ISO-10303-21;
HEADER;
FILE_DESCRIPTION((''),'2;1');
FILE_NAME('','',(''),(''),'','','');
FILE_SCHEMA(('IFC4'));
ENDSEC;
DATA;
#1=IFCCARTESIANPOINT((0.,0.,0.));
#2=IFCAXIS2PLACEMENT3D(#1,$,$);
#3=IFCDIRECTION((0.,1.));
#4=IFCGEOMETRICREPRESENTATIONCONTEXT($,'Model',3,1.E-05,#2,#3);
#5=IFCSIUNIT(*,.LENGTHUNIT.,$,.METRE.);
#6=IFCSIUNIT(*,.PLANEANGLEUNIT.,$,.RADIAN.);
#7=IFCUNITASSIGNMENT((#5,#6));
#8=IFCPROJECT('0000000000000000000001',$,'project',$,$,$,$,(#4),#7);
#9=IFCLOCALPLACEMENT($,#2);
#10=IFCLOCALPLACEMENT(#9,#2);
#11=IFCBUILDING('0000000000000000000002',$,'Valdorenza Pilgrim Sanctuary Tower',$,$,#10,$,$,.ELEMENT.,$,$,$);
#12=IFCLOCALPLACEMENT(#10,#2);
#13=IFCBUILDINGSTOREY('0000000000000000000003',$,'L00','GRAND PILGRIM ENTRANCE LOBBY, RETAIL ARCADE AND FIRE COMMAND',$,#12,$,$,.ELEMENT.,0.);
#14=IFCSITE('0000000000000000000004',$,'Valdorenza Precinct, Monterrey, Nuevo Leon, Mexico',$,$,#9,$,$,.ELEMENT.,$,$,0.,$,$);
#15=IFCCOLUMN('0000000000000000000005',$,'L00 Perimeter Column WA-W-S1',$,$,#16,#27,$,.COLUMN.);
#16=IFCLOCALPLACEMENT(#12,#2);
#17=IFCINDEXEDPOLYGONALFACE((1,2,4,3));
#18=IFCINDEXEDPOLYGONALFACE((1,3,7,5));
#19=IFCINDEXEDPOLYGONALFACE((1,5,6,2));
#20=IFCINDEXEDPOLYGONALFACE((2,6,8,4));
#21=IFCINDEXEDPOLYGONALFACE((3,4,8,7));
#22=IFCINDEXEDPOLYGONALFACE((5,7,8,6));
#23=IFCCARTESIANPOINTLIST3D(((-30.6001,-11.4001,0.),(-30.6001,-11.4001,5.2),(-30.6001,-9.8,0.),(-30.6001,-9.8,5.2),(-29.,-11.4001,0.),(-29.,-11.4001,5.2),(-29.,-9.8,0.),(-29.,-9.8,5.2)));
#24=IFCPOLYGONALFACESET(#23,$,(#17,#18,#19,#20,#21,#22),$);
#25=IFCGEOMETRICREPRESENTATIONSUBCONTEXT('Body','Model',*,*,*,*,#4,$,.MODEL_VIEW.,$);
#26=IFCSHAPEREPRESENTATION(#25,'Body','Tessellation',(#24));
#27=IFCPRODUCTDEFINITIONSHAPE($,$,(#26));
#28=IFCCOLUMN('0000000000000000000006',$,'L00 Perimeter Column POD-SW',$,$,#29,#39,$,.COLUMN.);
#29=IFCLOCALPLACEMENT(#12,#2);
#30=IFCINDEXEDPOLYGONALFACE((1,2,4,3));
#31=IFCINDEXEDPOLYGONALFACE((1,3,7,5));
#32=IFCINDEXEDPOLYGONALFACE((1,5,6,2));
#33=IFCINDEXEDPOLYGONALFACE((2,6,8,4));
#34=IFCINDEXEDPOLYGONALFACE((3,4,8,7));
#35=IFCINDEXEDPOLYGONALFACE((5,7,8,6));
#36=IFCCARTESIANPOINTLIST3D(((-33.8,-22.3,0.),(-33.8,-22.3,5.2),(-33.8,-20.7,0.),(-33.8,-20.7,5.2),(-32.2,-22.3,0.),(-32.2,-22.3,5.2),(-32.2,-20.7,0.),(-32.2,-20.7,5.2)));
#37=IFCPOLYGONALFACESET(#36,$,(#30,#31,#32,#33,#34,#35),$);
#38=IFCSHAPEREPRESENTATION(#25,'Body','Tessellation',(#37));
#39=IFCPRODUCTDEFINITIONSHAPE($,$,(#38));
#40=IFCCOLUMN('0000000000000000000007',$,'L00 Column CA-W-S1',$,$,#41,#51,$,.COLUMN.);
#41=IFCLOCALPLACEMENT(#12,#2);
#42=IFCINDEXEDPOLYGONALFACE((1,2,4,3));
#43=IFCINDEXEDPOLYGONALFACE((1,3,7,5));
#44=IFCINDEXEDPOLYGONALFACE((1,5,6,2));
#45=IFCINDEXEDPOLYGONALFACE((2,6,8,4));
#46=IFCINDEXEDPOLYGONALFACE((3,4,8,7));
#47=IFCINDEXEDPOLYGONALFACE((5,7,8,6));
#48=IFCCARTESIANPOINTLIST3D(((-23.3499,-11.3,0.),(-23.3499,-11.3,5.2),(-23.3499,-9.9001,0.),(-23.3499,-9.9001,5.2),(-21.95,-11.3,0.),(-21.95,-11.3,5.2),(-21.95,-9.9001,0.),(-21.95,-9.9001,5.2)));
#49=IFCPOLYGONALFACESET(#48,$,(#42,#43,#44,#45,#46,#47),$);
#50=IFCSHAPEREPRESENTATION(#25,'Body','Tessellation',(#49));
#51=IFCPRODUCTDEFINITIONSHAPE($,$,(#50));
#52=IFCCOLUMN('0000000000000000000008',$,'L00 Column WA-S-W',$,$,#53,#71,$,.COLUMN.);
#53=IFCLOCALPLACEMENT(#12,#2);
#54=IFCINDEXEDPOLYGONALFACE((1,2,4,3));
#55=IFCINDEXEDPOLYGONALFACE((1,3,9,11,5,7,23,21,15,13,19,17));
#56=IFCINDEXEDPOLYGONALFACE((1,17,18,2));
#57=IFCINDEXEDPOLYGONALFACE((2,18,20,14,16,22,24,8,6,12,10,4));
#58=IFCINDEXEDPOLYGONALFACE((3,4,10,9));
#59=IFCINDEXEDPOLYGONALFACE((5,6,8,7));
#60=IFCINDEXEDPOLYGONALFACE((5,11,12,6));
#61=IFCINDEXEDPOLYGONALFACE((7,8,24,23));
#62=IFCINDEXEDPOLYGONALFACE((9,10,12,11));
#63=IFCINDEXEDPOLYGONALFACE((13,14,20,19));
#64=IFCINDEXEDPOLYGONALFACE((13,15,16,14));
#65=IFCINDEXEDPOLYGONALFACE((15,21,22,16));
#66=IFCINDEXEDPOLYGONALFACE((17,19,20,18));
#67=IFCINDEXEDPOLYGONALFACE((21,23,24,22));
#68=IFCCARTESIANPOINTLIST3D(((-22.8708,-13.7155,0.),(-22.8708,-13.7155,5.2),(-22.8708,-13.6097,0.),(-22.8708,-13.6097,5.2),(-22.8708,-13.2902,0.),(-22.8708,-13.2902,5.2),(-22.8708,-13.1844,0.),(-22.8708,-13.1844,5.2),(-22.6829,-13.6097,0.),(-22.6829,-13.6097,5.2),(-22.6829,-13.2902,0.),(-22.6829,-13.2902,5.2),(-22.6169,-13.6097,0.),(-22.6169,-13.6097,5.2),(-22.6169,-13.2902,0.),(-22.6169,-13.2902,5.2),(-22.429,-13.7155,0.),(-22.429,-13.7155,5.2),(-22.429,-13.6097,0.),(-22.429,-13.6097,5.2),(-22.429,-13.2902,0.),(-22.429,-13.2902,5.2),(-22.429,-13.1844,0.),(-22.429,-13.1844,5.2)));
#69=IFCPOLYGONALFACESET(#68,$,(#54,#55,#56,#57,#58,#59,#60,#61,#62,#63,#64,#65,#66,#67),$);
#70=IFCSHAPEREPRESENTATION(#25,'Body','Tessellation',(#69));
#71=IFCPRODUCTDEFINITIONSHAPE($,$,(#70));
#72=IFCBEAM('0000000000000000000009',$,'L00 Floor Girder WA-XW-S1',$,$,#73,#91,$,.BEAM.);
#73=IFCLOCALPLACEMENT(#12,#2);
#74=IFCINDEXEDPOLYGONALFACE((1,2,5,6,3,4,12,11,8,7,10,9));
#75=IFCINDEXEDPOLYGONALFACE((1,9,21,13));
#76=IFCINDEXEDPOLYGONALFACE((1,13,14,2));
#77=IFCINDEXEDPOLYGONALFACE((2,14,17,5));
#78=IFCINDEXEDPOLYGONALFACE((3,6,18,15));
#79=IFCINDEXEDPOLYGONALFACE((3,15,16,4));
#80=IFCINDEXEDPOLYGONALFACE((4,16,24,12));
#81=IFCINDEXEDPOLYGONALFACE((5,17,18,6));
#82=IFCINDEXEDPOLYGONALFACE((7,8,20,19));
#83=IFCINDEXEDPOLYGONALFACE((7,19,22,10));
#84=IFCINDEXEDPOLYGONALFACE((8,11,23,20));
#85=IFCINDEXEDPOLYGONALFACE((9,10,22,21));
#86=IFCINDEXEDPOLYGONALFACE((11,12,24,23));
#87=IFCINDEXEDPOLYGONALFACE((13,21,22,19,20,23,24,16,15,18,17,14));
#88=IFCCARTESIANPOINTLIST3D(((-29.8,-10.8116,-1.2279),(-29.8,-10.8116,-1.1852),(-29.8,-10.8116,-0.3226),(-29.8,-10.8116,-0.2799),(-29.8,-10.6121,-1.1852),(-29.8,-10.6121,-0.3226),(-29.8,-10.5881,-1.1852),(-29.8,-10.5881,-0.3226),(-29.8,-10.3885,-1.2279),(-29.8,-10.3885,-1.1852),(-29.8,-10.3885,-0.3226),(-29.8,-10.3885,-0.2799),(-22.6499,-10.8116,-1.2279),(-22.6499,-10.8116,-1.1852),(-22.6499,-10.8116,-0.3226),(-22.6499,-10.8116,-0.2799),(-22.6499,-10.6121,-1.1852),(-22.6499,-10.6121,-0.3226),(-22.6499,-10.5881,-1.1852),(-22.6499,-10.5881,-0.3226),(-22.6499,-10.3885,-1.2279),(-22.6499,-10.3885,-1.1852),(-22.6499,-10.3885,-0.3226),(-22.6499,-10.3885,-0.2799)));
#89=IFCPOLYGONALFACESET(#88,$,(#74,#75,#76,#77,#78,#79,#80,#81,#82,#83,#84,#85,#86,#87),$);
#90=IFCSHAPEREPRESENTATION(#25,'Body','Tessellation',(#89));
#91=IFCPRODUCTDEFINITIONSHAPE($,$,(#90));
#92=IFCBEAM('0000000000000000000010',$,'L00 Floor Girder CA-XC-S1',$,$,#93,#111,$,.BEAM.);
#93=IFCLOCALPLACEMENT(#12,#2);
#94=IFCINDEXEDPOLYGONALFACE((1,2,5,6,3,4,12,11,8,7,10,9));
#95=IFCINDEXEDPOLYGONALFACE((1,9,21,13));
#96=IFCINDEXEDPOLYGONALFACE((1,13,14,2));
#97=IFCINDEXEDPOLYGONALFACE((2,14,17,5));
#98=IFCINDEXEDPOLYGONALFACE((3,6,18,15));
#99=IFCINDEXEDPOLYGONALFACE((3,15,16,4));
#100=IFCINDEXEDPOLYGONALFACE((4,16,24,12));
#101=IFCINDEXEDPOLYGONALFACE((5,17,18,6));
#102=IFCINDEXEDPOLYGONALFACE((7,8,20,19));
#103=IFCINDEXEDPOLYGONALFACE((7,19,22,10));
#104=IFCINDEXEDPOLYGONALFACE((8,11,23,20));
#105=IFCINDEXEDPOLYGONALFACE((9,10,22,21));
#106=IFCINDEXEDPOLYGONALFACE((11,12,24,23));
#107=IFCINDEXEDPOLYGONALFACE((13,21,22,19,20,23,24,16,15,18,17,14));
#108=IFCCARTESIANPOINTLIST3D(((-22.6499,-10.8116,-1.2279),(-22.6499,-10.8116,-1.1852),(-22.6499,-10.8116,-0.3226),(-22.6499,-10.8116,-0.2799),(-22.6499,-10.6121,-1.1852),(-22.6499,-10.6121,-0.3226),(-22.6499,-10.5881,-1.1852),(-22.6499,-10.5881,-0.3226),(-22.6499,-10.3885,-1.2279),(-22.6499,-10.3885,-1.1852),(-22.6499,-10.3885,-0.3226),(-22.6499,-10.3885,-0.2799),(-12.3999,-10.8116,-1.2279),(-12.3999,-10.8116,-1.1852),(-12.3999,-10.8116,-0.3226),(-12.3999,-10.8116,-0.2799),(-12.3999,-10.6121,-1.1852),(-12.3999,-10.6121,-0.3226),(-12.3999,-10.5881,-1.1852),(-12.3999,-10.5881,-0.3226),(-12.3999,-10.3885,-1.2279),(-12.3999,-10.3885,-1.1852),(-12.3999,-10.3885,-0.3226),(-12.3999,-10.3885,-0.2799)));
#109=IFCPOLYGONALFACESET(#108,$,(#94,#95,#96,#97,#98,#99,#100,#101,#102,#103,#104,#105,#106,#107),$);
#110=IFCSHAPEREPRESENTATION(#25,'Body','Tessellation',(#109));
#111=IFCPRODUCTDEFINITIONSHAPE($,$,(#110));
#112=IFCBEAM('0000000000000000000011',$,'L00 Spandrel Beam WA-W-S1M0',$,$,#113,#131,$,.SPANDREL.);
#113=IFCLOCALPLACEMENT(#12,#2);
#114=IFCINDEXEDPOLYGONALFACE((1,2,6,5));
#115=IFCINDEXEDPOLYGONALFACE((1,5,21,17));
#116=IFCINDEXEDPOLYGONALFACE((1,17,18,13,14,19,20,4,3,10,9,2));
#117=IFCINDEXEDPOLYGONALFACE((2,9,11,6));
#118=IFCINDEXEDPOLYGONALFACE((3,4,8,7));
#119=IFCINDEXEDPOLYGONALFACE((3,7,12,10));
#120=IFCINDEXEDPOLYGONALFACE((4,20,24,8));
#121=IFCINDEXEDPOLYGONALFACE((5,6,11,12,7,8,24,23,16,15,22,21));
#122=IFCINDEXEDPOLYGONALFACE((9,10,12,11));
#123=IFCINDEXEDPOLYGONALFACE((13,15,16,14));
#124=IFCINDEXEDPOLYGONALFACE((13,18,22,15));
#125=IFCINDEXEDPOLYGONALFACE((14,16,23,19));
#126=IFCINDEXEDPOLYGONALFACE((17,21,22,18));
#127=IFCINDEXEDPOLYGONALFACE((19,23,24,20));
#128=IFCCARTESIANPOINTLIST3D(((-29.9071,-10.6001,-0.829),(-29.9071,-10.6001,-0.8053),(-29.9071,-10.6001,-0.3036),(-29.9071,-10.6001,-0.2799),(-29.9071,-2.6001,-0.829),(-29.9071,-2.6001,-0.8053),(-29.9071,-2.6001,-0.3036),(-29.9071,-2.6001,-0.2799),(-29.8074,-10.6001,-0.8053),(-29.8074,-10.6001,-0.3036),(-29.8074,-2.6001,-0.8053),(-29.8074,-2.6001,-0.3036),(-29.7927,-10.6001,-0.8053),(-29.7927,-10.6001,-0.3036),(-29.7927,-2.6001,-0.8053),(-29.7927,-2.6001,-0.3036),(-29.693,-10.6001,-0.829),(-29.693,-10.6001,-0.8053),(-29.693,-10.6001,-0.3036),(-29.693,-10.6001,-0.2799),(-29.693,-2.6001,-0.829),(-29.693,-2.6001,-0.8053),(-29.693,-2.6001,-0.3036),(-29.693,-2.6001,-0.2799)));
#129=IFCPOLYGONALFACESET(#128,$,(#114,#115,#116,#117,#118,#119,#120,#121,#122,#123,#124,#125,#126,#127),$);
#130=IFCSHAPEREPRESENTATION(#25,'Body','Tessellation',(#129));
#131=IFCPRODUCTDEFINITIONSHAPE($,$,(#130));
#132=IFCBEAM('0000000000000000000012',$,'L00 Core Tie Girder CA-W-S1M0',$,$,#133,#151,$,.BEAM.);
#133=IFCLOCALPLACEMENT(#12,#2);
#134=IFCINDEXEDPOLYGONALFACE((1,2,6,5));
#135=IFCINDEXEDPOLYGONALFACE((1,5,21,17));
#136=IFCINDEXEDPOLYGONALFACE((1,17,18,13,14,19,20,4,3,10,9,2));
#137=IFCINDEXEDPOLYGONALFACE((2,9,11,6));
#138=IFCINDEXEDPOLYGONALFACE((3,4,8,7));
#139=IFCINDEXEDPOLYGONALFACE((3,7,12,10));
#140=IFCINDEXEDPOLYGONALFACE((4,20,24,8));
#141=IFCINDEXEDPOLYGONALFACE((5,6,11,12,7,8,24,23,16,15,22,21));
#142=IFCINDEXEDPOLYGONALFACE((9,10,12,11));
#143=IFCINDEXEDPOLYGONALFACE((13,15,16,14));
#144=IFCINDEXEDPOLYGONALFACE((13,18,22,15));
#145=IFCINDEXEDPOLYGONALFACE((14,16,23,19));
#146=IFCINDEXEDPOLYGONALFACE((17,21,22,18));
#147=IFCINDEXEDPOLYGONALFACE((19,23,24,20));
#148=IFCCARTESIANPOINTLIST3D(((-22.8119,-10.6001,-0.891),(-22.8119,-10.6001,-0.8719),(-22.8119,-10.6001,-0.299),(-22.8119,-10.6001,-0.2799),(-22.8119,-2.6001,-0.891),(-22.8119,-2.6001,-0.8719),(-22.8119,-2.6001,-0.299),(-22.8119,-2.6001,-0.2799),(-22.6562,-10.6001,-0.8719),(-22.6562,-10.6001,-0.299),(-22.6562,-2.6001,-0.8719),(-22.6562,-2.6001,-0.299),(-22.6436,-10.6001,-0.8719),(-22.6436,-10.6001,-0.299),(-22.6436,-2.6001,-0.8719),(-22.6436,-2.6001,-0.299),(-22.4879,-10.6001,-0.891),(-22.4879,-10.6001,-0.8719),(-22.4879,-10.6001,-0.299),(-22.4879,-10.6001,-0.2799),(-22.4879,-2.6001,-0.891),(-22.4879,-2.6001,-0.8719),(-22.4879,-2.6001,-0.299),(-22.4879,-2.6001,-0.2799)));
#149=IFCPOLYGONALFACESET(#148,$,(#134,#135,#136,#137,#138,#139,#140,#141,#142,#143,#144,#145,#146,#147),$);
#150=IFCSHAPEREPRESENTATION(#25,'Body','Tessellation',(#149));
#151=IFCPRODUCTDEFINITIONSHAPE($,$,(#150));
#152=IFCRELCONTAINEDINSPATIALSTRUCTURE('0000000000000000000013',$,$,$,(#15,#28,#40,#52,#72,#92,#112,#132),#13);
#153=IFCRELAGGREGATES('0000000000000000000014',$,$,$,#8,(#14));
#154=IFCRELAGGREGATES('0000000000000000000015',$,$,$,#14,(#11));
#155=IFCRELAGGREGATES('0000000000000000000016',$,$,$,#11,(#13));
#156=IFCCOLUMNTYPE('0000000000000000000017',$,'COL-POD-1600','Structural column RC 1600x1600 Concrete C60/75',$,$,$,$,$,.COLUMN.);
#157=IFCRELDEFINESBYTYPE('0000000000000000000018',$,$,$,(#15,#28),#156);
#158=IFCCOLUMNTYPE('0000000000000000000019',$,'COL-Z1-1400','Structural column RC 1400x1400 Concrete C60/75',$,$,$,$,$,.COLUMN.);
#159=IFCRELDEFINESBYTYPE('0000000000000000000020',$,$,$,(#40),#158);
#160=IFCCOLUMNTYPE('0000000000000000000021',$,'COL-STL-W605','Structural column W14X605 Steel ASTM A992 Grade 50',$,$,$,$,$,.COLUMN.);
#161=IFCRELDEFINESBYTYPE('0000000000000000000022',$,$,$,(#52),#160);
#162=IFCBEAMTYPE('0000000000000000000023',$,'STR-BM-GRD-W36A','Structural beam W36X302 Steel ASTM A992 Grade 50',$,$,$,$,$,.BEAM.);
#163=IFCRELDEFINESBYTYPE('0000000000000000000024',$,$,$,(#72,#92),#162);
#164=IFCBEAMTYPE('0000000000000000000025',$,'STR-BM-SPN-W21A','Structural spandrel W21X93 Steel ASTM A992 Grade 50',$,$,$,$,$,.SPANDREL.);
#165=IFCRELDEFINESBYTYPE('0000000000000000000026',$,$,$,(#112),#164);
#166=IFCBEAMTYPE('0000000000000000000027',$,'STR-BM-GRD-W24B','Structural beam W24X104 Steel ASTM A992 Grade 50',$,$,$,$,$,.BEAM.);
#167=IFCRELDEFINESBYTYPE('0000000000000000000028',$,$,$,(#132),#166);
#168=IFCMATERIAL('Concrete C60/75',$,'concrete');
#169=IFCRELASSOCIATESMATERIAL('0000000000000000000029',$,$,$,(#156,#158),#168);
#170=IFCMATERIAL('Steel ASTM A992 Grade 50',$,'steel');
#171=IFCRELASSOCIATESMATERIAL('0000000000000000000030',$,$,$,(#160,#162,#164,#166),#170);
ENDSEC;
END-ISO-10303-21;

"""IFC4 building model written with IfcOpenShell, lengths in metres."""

from ifc_helpers import new_model, si_unit, direction, frame, origin, origin_2d, place, context, subcontext, project, spatial, rectangle, i_section, extrude, source, transform, mapped, material, material_profile, profile_set, type_object, element, save


model = new_model("IFC4")

# Units and contexts
model_context = context("Model", 3, precision=1e-05, world=origin(), true_north=direction((0.0, 1.0)))
body_context = subcontext(model_context, "Body", "Model", "MODEL_VIEW")
ifc_project = project(units=[si_unit("LENGTHUNIT", "METRE"), si_unit("PLANEANGLEUNIT", "RADIAN")], contexts=[model_context])

# Site, building, storey
site_placement = place(None, origin())
site = spatial("IfcSite", under=ifc_project, at=site_placement, Name="Valdorenza Precinct, Monterrey, Nuevo Leon, Mexico", CompositionType="ELEMENT", RefElevation=0.0)
building_placement = place(site_placement, origin())
building = spatial("IfcBuilding", under=site, at=building_placement, Name="Valdorenza Pilgrim Sanctuary Tower", CompositionType="ELEMENT")
storey_placement = place(building_placement, origin())
storey = spatial("IfcBuildingStorey", under=building, at=storey_placement, Name="L00", Description="GRAND PILGRIM ENTRANCE LOBBY, RETAIL ARCADE AND FIRE COMMAND", CompositionType="ELEMENT", Elevation=0.0)

# Columns
ifc_material_1 = material(Name="Concrete C60/75", Category="concrete")
ifc_material_profile_1 = material_profile(ifc_material_1, rectangle(XDim=1.6001, YDim=1.6001, at=origin_2d()), Name="RC 1600x1600")
ifc_profile_set_1 = profile_set([ifc_material_profile_1], Name="Concrete C60/75")
column_type_1 = type_object("IfcColumnType", Name="COL-POD-1600", Description="Structural column RC 1600x1600 Concrete C60/75", PredefinedType="COLUMN", material=ifc_profile_set_1)
shared_shape_1 = source(origin(), body_context, "Body", "SweptSolid", [
    extrude(rectangle(XDim=1.6001, YDim=1.6001, at=origin_2d()), origin(), (0.0, 0.0, 1.0), 5.2),
])
for number, where, z_axis, x_axis, name in (
    (1, (-29.8, -10.6001, 0.0), (0.0, 0.0, 1.0), (1.0, 0.0, 0.0), "L00 Perimeter Column WA-W-S1"),
    (2, (-33.0, -21.5, 0.0), (0.0, 0.0, 1.0), (1.0, 0.0, 0.0), "L00 Perimeter Column POD-SW"),
):
    element("IfcColumn", number, at=place(storey_placement, frame(where, z_axis=z_axis, x_axis=x_axis)), inside=storey, type_object=column_type_1, Name=name, PredefinedType="COLUMN", context=body_context, shape_type="MappedRepresentation", body=[
        mapped(shared_shape_1, transform((0.0, 0.0, 0.0), x_axis=(1.0, 0.0, 0.0), y_axis=(0.0, 1.0, 0.0), z_axis=(0.0, 0.0, 1.0), scale=1.0)),
    ])
ifc_material_profile_2 = material_profile(ifc_material_1, rectangle(XDim=1.3999, YDim=1.3999, at=origin_2d()), Name="RC 1400x1400")
ifc_profile_set_2 = profile_set([ifc_material_profile_2], Name="Concrete C60/75")
column_type_2 = type_object("IfcColumnType", Name="COL-Z1-1400", Description="Structural column RC 1400x1400 Concrete C60/75", PredefinedType="COLUMN", material=ifc_profile_set_2)
shared_shape_2 = source(origin(), body_context, "Body", "SweptSolid", [
    extrude(rectangle(XDim=1.3999, YDim=1.3999, at=origin_2d()), origin(), (0.0, 0.0, 1.0), 5.2),
])
column_1_placement = place(storey_placement, frame((-22.6499, -10.6001, 0.0), z_axis=(0.0, 0.0, 1.0), x_axis=(1.0, 0.0, 0.0)))
element("IfcColumn", 3, at=column_1_placement, inside=storey, type_object=column_type_2, Name="L00 Column CA-W-S1", PredefinedType="COLUMN", context=body_context, shape_type="MappedRepresentation", body=[
    mapped(shared_shape_2, transform((0.0, 0.0, 0.0), x_axis=(1.0, 0.0, 0.0), y_axis=(0.0, 1.0, 0.0), z_axis=(0.0, 0.0, 1.0), scale=1.0)),
])
ifc_material_2 = material(Name="Steel ASTM A992 Grade 50", Category="steel")
ifc_material_profile_3 = material_profile(ifc_material_2, i_section(OverallWidth=0.4419, OverallDepth=0.531, WebThickness=0.0659, FlangeThickness=0.1057, at=origin_2d()), Name="W14X605")
ifc_profile_set_3 = profile_set([ifc_material_profile_3], Name="Steel ASTM A992 Grade 50")
column_type_3 = type_object("IfcColumnType", Name="COL-STL-W605", Description="Structural column W14X605 Steel ASTM A992 Grade 50", PredefinedType="COLUMN", material=ifc_profile_set_3)
shared_shape_3 = source(origin(), body_context, "Body", "SweptSolid", [
    extrude(i_section(OverallWidth=0.4419, OverallDepth=0.531, WebThickness=0.0659, FlangeThickness=0.1057, at=origin_2d()), origin(), (0.0, 0.0, 1.0), 5.2),
])
column_2_placement = place(storey_placement, frame((-22.6499, -13.45, 0.0), z_axis=(0.0, 0.0, 1.0), x_axis=(1.0, 0.0, 0.0)))
element("IfcColumn", 4, at=column_2_placement, inside=storey, type_object=column_type_3, Name="L00 Column WA-S-W", PredefinedType="COLUMN", context=body_context, shape_type="MappedRepresentation", body=[
    mapped(shared_shape_3, transform((0.0, 0.0, 0.0), x_axis=(1.0, 0.0, 0.0), y_axis=(0.0, 1.0, 0.0), z_axis=(0.0, 0.0, 1.0), scale=1.0)),
])

# Beams
ifc_material_profile_4 = material_profile(ifc_material_2, i_section(OverallWidth=0.4231, OverallDepth=0.948, WebThickness=0.0239, FlangeThickness=0.0427, at=origin_2d()), Name="W36X302")
ifc_profile_set_4 = profile_set([ifc_material_profile_4], Name="Steel ASTM A992 Grade 50")
beam_type_1 = type_object("IfcBeamType", Name="STR-BM-GRD-W36A", Description="Structural beam W36X302 Steel ASTM A992 Grade 50", PredefinedType="BEAM", material=ifc_profile_set_4)
shared_shape_4 = source(origin(), body_context, "Body", "SweptSolid", [
    extrude(i_section(OverallWidth=0.4231, OverallDepth=0.948, WebThickness=0.0239, FlangeThickness=0.0427, at=origin_2d()), origin(), (0.0, 0.0, 1.0), 7.1501),
])
beam_1_placement = place(storey_placement, frame((-29.8, -10.6001, -0.7539), z_axis=(1.0, 0.0, 0.0), x_axis=(0.0, 1.0, 0.0)))
element("IfcBeam", 5, at=beam_1_placement, inside=storey, type_object=beam_type_1, Name="L00 Floor Girder WA-XW-S1", PredefinedType="BEAM", context=body_context, shape_type="MappedRepresentation", body=[
    mapped(shared_shape_4, transform((0.0, 0.0, 0.0), x_axis=(1.0, 0.0, 0.0), y_axis=(0.0, 1.0, 0.0), z_axis=(0.0, 0.0, 1.0), scale=1.0)),
])
shared_shape_5 = source(origin(), body_context, "Body", "SweptSolid", [
    extrude(i_section(OverallWidth=0.4231, OverallDepth=0.948, WebThickness=0.0239, FlangeThickness=0.0427, at=origin_2d()), origin(), (0.0, 0.0, 1.0), 10.25),
])
beam_2_placement = place(storey_placement, frame((-22.6499, -10.6001, -0.7539), z_axis=(1.0, 0.0, 0.0), x_axis=(0.0, 1.0, 0.0)))
element("IfcBeam", 6, at=beam_2_placement, inside=storey, type_object=beam_type_1, Name="L00 Floor Girder CA-XC-S1", PredefinedType="BEAM", context=body_context, shape_type="MappedRepresentation", body=[
    mapped(shared_shape_5, transform((0.0, 0.0, 0.0), x_axis=(1.0, 0.0, 0.0), y_axis=(0.0, 1.0, 0.0), z_axis=(0.0, 0.0, 1.0), scale=1.0)),
])
ifc_material_profile_5 = material_profile(ifc_material_2, i_section(OverallWidth=0.2141, OverallDepth=0.5491, WebThickness=0.0146, FlangeThickness=0.0237, at=origin_2d()), Name="W21X93")
ifc_profile_set_5 = profile_set([ifc_material_profile_5], Name="Steel ASTM A992 Grade 50")
beam_type_2 = type_object("IfcBeamType", Name="STR-BM-SPN-W21A", Description="Structural spandrel W21X93 Steel ASTM A992 Grade 50", PredefinedType="SPANDREL", material=ifc_profile_set_5)
shared_shape_6 = source(origin(), body_context, "Body", "SweptSolid", [
    extrude(i_section(OverallWidth=0.2141, OverallDepth=0.5491, WebThickness=0.0146, FlangeThickness=0.0237, at=origin_2d()), origin(), (0.0, 0.0, 1.0), 8.0),
])
beam_3_placement = place(storey_placement, frame((-29.8, -10.6001, -0.5544), z_axis=(0.0, 1.0, 0.0), x_axis=(-1.0, 0.0, 0.0)))
element("IfcBeam", 7, at=beam_3_placement, inside=storey, type_object=beam_type_2, Name="L00 Spandrel Beam WA-W-S1M0", PredefinedType="SPANDREL", context=body_context, shape_type="MappedRepresentation", body=[
    mapped(shared_shape_6, transform((0.0, 0.0, 0.0), x_axis=(1.0, 0.0, 0.0), y_axis=(0.0, 1.0, 0.0), z_axis=(0.0, 0.0, 1.0), scale=1.0)),
])
ifc_material_profile_6 = material_profile(ifc_material_2, i_section(OverallWidth=0.324, OverallDepth=0.6111, WebThickness=0.0127, FlangeThickness=0.019, at=origin_2d()), Name="W24X104")
ifc_profile_set_6 = profile_set([ifc_material_profile_6], Name="Steel ASTM A992 Grade 50")
beam_type_3 = type_object("IfcBeamType", Name="STR-BM-GRD-W24B", Description="Structural beam W24X104 Steel ASTM A992 Grade 50", PredefinedType="BEAM", material=ifc_profile_set_6)
shared_shape_7 = source(origin(), body_context, "Body", "SweptSolid", [
    extrude(i_section(OverallWidth=0.324, OverallDepth=0.6111, WebThickness=0.0127, FlangeThickness=0.019, at=origin_2d()), origin(), (0.0, 0.0, 1.0), 8.0),
])
beam_4_placement = place(storey_placement, frame((-22.6499, -10.6001, -0.5854), z_axis=(0.0, 1.0, 0.0), x_axis=(-1.0, 0.0, 0.0)))
element("IfcBeam", 8, at=beam_4_placement, inside=storey, type_object=beam_type_3, Name="L00 Core Tie Girder CA-W-S1M0", PredefinedType="BEAM", context=body_context, shape_type="MappedRepresentation", body=[
    mapped(shared_shape_7, transform((0.0, 0.0, 0.0), x_axis=(1.0, 0.0, 0.0), y_axis=(0.0, 1.0, 0.0), z_axis=(0.0, 0.0, 1.0), scale=1.0)),
])

save(model, "model.ifc")
